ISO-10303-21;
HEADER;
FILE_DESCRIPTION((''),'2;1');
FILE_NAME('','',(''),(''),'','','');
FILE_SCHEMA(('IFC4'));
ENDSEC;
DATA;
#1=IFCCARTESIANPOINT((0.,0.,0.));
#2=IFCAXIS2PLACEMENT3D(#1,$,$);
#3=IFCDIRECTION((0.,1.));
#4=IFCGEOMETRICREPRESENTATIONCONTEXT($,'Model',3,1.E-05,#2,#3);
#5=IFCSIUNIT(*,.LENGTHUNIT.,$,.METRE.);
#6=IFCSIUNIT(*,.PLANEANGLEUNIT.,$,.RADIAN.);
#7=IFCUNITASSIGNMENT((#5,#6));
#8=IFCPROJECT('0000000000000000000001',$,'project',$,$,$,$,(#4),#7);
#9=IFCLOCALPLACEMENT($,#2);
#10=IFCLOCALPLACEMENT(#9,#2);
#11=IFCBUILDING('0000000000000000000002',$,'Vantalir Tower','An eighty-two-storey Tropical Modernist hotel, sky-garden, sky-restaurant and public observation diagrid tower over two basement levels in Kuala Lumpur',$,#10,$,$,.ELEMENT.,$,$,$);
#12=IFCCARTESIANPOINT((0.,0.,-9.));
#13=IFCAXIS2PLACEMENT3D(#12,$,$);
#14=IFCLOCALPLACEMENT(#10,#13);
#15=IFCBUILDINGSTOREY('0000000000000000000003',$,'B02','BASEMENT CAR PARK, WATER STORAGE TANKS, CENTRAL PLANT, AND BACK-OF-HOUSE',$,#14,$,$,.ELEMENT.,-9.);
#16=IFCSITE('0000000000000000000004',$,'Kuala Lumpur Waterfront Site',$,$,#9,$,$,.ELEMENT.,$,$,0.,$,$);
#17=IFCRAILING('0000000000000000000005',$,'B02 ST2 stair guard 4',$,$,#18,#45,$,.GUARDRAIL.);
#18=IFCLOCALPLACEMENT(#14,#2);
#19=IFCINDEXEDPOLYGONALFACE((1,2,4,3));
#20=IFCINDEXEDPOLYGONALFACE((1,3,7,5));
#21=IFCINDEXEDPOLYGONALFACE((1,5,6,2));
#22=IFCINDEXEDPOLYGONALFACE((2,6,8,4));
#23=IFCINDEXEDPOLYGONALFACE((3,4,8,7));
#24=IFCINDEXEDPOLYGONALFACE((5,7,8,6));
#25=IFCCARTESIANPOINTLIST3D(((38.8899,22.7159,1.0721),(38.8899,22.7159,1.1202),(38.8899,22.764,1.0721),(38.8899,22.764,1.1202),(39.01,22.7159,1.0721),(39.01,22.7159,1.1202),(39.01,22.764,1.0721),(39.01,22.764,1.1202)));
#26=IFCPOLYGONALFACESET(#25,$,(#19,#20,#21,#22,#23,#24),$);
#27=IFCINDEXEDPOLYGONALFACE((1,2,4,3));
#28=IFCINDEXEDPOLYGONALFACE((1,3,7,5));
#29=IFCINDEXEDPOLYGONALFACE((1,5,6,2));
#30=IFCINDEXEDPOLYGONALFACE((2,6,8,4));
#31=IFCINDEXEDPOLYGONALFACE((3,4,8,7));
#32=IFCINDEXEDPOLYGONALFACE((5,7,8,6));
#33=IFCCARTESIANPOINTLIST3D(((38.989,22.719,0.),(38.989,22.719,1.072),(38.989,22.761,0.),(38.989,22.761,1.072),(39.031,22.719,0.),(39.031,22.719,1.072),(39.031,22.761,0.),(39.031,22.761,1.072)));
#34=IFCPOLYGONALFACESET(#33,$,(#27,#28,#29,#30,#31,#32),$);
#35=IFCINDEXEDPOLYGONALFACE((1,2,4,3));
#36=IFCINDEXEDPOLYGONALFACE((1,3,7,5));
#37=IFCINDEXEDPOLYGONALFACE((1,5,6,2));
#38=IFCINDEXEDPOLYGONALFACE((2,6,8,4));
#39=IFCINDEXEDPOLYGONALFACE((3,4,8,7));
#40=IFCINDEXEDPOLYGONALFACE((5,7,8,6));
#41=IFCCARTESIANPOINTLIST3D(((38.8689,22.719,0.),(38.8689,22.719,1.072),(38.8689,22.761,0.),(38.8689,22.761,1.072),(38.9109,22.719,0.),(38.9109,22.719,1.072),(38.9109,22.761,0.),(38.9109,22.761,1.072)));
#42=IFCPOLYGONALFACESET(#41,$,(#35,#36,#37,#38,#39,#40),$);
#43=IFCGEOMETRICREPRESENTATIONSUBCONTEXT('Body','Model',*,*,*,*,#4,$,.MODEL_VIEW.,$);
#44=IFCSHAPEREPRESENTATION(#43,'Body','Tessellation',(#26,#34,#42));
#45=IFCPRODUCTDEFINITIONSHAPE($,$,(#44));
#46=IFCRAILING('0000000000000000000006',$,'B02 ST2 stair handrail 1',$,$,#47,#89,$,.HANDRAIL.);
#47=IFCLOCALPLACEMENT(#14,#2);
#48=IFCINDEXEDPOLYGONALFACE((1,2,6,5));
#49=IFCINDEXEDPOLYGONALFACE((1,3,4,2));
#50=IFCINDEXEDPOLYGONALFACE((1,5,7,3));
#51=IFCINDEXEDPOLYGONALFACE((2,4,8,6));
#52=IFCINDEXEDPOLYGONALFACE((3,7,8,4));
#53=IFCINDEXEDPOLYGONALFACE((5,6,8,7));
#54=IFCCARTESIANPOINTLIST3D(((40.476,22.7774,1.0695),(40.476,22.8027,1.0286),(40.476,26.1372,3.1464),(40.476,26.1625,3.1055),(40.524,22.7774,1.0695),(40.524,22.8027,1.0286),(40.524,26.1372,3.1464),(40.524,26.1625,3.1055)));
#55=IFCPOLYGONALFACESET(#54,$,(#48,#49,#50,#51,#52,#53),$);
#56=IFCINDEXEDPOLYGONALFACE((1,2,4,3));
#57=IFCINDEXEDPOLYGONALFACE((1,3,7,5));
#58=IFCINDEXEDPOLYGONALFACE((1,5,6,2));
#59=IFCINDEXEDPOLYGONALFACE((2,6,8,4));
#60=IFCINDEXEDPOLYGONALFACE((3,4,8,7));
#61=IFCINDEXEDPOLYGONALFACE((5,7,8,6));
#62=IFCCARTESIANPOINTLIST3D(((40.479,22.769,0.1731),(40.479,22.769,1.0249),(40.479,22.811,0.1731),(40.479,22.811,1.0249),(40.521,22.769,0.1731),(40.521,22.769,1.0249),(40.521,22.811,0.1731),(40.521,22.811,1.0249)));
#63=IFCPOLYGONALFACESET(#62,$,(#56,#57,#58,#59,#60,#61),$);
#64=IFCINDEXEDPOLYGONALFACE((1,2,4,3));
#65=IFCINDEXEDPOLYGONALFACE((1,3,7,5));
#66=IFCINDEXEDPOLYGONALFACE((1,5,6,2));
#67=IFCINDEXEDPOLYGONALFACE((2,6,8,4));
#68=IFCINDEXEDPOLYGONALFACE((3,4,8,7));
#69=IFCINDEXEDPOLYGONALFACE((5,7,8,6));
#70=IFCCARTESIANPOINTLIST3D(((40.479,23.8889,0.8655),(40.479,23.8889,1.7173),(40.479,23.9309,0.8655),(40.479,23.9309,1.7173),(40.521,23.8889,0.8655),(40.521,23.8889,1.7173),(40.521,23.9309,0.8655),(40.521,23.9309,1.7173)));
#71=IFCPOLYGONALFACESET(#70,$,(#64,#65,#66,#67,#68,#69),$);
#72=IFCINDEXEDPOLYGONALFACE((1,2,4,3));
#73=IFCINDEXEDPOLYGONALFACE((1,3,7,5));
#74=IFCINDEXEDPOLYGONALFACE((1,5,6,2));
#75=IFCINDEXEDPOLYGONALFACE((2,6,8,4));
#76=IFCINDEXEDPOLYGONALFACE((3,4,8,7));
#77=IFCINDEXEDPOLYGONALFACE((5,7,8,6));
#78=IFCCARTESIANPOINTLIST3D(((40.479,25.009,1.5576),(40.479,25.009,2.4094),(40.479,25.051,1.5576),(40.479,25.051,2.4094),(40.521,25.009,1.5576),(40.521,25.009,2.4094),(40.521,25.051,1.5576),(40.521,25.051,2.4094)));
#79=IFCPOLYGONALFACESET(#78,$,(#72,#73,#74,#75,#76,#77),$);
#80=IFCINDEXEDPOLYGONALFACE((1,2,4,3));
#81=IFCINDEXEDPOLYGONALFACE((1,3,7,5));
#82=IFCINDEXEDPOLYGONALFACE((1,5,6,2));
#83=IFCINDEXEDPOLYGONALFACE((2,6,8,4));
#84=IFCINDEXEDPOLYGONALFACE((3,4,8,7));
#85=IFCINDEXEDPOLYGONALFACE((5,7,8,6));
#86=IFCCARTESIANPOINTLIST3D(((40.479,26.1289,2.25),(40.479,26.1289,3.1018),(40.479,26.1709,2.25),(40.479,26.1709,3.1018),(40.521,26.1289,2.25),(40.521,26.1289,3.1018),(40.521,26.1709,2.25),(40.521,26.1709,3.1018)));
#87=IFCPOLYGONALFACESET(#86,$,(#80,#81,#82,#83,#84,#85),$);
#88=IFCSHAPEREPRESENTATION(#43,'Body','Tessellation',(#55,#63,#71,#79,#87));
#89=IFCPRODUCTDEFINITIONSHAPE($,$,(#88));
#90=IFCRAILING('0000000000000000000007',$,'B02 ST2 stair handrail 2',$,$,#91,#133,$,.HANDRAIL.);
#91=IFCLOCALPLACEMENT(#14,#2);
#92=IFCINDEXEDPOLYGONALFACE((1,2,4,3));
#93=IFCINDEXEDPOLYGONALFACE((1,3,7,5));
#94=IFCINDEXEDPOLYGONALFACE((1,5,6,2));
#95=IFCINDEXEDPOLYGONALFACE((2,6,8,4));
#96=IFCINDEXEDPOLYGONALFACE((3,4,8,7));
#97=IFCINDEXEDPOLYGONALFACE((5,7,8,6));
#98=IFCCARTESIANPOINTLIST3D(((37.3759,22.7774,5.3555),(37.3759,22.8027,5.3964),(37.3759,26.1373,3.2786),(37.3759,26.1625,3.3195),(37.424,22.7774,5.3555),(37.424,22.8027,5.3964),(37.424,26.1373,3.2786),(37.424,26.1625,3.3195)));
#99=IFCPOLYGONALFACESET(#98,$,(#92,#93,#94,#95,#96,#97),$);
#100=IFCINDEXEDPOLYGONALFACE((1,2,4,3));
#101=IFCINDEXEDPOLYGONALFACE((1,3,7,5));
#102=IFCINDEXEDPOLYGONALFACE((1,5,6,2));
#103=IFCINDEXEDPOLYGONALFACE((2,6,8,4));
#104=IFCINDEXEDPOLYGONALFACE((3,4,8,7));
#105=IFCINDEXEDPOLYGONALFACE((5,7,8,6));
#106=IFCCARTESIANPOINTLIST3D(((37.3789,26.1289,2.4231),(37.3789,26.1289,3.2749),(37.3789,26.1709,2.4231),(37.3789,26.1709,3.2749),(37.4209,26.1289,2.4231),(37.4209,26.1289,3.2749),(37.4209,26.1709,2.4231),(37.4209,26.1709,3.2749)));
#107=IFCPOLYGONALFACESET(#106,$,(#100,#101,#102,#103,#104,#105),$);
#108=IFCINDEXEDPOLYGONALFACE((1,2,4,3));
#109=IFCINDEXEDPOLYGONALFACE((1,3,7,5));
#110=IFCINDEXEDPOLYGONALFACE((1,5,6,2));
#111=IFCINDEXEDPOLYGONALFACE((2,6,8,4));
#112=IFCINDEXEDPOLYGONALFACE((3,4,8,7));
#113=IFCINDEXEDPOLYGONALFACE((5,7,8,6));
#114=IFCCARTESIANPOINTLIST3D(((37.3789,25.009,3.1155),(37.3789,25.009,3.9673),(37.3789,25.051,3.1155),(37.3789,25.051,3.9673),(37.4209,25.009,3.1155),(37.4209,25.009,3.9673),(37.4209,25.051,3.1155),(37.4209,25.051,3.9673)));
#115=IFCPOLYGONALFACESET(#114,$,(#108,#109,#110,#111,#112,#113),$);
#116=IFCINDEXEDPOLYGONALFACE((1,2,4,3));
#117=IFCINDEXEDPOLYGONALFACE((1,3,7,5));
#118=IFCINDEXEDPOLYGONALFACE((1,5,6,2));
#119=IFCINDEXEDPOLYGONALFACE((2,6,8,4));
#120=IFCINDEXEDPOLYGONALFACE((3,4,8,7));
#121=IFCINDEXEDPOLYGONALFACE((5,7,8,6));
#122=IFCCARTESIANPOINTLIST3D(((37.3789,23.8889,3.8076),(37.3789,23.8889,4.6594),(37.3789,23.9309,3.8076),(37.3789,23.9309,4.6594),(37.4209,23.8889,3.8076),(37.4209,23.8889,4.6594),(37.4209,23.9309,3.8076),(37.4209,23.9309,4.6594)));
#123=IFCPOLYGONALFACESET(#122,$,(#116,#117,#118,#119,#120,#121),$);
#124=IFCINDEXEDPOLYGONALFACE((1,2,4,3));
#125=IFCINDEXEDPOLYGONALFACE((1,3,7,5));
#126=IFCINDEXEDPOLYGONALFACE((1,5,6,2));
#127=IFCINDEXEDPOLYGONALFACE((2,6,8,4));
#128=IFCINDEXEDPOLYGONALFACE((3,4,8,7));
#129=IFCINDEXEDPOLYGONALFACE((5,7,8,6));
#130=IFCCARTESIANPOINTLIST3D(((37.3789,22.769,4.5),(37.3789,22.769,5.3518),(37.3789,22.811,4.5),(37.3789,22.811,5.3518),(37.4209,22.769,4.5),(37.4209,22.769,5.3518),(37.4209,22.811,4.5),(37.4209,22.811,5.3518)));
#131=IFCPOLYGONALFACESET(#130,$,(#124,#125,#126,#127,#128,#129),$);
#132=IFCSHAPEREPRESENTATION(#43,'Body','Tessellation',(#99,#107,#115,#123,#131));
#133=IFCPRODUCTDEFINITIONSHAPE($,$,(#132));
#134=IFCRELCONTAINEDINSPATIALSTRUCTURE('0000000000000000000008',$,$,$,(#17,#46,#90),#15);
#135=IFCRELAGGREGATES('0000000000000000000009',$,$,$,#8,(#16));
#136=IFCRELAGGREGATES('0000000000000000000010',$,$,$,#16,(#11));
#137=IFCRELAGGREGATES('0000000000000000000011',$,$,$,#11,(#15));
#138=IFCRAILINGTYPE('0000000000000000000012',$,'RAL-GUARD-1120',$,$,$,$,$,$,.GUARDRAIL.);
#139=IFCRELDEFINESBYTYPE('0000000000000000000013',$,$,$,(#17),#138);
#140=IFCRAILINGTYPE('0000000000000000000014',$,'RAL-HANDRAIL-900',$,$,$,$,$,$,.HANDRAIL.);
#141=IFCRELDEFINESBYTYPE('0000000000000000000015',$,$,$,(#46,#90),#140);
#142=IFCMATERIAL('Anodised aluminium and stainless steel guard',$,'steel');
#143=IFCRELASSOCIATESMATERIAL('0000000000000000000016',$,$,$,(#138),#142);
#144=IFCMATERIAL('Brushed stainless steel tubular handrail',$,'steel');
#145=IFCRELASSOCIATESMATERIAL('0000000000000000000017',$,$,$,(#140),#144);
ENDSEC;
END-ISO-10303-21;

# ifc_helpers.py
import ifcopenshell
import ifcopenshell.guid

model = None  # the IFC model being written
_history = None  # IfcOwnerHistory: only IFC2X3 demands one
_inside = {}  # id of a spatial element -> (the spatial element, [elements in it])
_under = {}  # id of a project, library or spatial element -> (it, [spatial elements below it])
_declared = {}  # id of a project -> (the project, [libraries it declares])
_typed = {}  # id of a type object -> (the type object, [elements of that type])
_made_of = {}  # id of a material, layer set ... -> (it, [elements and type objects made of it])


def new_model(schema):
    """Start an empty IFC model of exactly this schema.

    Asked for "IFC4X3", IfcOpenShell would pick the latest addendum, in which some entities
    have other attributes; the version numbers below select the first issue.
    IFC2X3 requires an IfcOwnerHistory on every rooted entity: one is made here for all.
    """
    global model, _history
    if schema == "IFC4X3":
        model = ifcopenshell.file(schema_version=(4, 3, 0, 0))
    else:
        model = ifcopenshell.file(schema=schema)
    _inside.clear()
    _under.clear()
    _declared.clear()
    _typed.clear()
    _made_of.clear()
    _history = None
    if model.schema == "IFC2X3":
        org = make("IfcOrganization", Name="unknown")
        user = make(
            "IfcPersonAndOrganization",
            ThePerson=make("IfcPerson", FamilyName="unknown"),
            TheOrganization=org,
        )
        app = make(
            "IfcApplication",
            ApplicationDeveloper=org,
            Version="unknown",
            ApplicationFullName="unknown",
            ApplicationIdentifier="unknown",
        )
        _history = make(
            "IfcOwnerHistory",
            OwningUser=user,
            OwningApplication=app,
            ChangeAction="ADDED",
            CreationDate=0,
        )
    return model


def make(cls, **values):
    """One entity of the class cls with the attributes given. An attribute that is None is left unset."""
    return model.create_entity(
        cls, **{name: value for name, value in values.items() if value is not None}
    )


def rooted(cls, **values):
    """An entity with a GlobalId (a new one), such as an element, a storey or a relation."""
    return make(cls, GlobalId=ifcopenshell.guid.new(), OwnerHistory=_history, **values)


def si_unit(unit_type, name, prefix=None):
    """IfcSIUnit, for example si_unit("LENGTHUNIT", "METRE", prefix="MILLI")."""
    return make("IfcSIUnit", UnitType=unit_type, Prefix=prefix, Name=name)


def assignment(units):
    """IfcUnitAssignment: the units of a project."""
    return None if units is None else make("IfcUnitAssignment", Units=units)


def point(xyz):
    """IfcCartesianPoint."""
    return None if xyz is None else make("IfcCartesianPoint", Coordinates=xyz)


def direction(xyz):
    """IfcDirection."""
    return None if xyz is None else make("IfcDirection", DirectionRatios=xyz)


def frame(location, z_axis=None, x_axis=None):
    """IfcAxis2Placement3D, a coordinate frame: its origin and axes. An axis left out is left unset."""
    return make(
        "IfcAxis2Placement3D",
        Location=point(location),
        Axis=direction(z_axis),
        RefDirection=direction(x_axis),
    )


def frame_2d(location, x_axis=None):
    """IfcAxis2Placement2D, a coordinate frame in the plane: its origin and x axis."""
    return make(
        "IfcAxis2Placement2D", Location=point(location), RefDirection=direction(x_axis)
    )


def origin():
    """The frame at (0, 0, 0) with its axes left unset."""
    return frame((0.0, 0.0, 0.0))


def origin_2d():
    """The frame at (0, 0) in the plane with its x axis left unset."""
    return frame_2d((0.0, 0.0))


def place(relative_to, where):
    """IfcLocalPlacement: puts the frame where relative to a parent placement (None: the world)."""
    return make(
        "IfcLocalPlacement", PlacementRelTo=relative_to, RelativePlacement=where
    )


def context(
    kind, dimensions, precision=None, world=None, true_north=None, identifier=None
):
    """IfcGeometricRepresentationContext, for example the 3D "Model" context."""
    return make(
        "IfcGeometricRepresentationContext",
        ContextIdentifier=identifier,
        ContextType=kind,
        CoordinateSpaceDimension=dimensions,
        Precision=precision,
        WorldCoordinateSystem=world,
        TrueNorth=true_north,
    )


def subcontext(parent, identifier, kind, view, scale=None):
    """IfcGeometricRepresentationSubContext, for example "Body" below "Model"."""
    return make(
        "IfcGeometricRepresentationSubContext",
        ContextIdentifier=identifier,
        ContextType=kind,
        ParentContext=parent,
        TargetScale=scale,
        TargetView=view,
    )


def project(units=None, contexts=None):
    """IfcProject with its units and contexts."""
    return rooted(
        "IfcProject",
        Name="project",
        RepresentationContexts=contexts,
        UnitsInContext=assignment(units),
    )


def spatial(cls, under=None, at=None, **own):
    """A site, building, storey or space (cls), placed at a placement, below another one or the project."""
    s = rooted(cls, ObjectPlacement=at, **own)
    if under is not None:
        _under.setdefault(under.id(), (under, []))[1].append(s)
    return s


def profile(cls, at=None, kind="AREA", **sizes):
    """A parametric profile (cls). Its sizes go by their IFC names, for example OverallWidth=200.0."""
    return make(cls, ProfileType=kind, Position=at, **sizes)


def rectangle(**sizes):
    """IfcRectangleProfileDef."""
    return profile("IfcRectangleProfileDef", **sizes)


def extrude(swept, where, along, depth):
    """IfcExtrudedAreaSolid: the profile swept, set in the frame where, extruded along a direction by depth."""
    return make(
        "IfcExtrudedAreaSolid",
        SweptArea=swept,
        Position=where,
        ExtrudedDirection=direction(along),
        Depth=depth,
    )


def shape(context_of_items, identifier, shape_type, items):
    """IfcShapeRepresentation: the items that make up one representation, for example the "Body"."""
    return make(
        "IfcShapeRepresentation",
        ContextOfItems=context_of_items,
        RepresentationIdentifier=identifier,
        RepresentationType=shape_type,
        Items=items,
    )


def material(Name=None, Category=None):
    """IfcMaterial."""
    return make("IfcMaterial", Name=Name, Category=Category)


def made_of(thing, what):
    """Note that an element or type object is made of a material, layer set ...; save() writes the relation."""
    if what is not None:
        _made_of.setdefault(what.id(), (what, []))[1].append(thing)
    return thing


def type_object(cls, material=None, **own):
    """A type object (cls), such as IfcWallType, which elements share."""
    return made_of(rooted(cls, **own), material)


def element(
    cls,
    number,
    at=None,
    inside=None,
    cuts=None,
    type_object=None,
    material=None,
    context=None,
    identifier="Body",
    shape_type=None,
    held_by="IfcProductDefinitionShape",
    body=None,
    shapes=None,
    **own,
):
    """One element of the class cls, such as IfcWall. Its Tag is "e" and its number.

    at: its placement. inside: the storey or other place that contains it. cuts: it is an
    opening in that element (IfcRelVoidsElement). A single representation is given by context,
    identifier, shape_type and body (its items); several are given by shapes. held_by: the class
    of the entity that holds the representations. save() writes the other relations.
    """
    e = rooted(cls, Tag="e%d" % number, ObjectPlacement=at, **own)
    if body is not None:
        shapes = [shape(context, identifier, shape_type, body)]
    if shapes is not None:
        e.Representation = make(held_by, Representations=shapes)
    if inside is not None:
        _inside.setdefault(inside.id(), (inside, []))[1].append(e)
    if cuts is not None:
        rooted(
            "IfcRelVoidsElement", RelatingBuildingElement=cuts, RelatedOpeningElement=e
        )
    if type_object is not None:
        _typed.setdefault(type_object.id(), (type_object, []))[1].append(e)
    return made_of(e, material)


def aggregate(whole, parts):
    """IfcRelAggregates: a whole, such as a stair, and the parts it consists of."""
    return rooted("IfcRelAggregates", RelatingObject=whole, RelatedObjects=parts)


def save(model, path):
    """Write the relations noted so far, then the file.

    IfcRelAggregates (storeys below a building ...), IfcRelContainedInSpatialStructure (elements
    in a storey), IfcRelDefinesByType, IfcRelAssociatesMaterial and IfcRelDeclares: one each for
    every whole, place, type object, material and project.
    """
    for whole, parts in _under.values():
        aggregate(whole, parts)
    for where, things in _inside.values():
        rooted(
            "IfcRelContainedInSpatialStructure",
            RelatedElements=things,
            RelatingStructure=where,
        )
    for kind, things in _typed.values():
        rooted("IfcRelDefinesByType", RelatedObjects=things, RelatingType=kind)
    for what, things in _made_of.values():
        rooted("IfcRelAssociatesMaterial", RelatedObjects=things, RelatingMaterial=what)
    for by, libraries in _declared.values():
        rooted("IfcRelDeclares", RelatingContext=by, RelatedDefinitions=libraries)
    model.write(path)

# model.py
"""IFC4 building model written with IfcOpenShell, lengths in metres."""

from ifc_helpers import new_model, si_unit, direction, frame, origin, origin_2d, place, context, subcontext, project, spatial, rectangle, extrude, material, type_object, element, save


model = new_model("IFC4")

# Units and contexts
model_context = context("Model", 3, precision=1e-05, world=origin(), true_north=direction((0.0, 1.0)))
body_context = subcontext(model_context, "Body", "Model", "MODEL_VIEW")
ifc_project = project(units=[si_unit("LENGTHUNIT", "METRE"), si_unit("PLANEANGLEUNIT", "RADIAN")], contexts=[model_context])

# Site, building, storey
site_placement = place(None, origin())
site = spatial("IfcSite", under=ifc_project, at=site_placement, Name="Kuala Lumpur Waterfront Site", CompositionType="ELEMENT", RefElevation=0.0)
building_placement = place(site_placement, origin())
building = spatial("IfcBuilding", under=site, at=building_placement, Name="Vantalir Tower", Description="An eighty-two-storey Tropical Modernist hotel, sky-garden, sky-restaurant and public observation diagrid tower over two basement levels in Kuala Lumpur", CompositionType="ELEMENT")
storey_placement = place(building_placement, frame((0.0, 0.0, -9.0)))
storey = spatial("IfcBuildingStorey", under=building, at=storey_placement, Name="B02", Description="BASEMENT CAR PARK, WATER STORAGE TANKS, CENTRAL PLANT, AND BACK-OF-HOUSE", CompositionType="ELEMENT", Elevation=-9.0)

# Railings
ifc_material_1 = material(Name="Anodised aluminium and stainless steel guard", Category="steel")
railing_type_1 = type_object("IfcRailingType", Name="RAL-GUARD-1120", PredefinedType="GUARDRAIL", material=ifc_material_1)
railing_1_placement = place(storey_placement, frame((39.01, 22.74, 0.0)))
element("IfcRailing", 1, at=railing_1_placement, inside=storey, type_object=railing_type_1, Name="B02 ST2 stair guard 4", PredefinedType="GUARDRAIL", context=body_context, shape_type="SweptSolid", body=[
    extrude(rectangle(XDim=0.0481, YDim=0.0481, at=origin_2d()), frame((0.0, 0.0, 1.0962), z_axis=(-1.0, 0.0, 0.0), x_axis=(0.0, -1.0, 0.0)), (0.0, 0.0, 1.0), 0.1201),
    extrude(rectangle(XDim=0.042, YDim=0.042, at=origin_2d()), origin(), (0.0, 0.0, 1.0), 1.072),
    extrude(rectangle(XDim=0.042, YDim=0.042, at=origin_2d()), frame((-0.1201, 0.0, 0.0)), (0.0, 0.0, 1.0), 1.072),
])
ifc_material_2 = material(Name="Brushed stainless steel tubular handrail", Category="steel")
railing_type_2 = type_object("IfcRailingType", Name="RAL-HANDRAIL-900", PredefinedType="HANDRAIL", material=ifc_material_2)
railing_2_placement = place(storey_placement, frame((40.5, 22.79, 0.1731)))
element("IfcRailing", 2, at=railing_2_placement, inside=storey, type_object=railing_type_2, Name="B02 ST2 stair handrail 1", PredefinedType="HANDRAIL", context=body_context, shape_type="SweptSolid", body=[
    extrude(rectangle(XDim=0.0481, YDim=0.0481, at=origin_2d()), frame((0.0, 0.0, 0.876), z_axis=(0.0, 0.850606, 0.525803), x_axis=(-1.0, 0.0, 0.0)), (0.0, 0.0, 1.0), 3.95),
    extrude(rectangle(XDim=0.042, YDim=0.042, at=origin_2d()), origin(), (0.0, 0.0, 1.0), 0.8518),
    extrude(rectangle(XDim=0.042, YDim=0.042, at=origin_2d()), frame((0.0, 1.1199, 0.6924)), (0.0, 0.0, 1.0), 0.8518),
    extrude(rectangle(XDim=0.042, YDim=0.042, at=origin_2d()), frame((0.0, 2.24, 1.3845)), (0.0, 0.0, 1.0), 0.8518),
    extrude(rectangle(XDim=0.042, YDim=0.042, at=origin_2d()), frame((0.0, 3.3599, 2.0769)), (0.0, 0.0, 1.0), 0.8518),
])
railing_3_placement = place(storey_placement, frame((37.3999, 26.1499, 2.4231)))
element("IfcRailing", 3, at=railing_3_placement, inside=storey, type_object=railing_type_2, Name="B02 ST2 stair handrail 2", PredefinedType="HANDRAIL", context=body_context, shape_type="SweptSolid", body=[
    extrude(rectangle(XDim=0.0481, YDim=0.0481, at=origin_2d()), frame((0.0, 0.0, 0.876), z_axis=(0.0, -0.850606, 0.525803), x_axis=(1.0, 0.0, 0.0)), (0.0, 0.0, 1.0), 3.95),
    extrude(rectangle(XDim=0.042, YDim=0.042, at=origin_2d()), origin(), (0.0, 0.0, 1.0), 0.8518),
    extrude(rectangle(XDim=0.042, YDim=0.042, at=origin_2d()), frame((0.0, -1.1199, 0.6924)), (0.0, 0.0, 1.0), 0.8518),
    extrude(rectangle(XDim=0.042, YDim=0.042, at=origin_2d()), frame((0.0, -2.24, 1.3845)), (0.0, 0.0, 1.0), 0.8518),
    extrude(rectangle(XDim=0.042, YDim=0.042, at=origin_2d()), frame((0.0, -3.3599, 2.0769)), (0.0, 0.0, 1.0), 0.8518),
])

save(model, "model.ifc")
